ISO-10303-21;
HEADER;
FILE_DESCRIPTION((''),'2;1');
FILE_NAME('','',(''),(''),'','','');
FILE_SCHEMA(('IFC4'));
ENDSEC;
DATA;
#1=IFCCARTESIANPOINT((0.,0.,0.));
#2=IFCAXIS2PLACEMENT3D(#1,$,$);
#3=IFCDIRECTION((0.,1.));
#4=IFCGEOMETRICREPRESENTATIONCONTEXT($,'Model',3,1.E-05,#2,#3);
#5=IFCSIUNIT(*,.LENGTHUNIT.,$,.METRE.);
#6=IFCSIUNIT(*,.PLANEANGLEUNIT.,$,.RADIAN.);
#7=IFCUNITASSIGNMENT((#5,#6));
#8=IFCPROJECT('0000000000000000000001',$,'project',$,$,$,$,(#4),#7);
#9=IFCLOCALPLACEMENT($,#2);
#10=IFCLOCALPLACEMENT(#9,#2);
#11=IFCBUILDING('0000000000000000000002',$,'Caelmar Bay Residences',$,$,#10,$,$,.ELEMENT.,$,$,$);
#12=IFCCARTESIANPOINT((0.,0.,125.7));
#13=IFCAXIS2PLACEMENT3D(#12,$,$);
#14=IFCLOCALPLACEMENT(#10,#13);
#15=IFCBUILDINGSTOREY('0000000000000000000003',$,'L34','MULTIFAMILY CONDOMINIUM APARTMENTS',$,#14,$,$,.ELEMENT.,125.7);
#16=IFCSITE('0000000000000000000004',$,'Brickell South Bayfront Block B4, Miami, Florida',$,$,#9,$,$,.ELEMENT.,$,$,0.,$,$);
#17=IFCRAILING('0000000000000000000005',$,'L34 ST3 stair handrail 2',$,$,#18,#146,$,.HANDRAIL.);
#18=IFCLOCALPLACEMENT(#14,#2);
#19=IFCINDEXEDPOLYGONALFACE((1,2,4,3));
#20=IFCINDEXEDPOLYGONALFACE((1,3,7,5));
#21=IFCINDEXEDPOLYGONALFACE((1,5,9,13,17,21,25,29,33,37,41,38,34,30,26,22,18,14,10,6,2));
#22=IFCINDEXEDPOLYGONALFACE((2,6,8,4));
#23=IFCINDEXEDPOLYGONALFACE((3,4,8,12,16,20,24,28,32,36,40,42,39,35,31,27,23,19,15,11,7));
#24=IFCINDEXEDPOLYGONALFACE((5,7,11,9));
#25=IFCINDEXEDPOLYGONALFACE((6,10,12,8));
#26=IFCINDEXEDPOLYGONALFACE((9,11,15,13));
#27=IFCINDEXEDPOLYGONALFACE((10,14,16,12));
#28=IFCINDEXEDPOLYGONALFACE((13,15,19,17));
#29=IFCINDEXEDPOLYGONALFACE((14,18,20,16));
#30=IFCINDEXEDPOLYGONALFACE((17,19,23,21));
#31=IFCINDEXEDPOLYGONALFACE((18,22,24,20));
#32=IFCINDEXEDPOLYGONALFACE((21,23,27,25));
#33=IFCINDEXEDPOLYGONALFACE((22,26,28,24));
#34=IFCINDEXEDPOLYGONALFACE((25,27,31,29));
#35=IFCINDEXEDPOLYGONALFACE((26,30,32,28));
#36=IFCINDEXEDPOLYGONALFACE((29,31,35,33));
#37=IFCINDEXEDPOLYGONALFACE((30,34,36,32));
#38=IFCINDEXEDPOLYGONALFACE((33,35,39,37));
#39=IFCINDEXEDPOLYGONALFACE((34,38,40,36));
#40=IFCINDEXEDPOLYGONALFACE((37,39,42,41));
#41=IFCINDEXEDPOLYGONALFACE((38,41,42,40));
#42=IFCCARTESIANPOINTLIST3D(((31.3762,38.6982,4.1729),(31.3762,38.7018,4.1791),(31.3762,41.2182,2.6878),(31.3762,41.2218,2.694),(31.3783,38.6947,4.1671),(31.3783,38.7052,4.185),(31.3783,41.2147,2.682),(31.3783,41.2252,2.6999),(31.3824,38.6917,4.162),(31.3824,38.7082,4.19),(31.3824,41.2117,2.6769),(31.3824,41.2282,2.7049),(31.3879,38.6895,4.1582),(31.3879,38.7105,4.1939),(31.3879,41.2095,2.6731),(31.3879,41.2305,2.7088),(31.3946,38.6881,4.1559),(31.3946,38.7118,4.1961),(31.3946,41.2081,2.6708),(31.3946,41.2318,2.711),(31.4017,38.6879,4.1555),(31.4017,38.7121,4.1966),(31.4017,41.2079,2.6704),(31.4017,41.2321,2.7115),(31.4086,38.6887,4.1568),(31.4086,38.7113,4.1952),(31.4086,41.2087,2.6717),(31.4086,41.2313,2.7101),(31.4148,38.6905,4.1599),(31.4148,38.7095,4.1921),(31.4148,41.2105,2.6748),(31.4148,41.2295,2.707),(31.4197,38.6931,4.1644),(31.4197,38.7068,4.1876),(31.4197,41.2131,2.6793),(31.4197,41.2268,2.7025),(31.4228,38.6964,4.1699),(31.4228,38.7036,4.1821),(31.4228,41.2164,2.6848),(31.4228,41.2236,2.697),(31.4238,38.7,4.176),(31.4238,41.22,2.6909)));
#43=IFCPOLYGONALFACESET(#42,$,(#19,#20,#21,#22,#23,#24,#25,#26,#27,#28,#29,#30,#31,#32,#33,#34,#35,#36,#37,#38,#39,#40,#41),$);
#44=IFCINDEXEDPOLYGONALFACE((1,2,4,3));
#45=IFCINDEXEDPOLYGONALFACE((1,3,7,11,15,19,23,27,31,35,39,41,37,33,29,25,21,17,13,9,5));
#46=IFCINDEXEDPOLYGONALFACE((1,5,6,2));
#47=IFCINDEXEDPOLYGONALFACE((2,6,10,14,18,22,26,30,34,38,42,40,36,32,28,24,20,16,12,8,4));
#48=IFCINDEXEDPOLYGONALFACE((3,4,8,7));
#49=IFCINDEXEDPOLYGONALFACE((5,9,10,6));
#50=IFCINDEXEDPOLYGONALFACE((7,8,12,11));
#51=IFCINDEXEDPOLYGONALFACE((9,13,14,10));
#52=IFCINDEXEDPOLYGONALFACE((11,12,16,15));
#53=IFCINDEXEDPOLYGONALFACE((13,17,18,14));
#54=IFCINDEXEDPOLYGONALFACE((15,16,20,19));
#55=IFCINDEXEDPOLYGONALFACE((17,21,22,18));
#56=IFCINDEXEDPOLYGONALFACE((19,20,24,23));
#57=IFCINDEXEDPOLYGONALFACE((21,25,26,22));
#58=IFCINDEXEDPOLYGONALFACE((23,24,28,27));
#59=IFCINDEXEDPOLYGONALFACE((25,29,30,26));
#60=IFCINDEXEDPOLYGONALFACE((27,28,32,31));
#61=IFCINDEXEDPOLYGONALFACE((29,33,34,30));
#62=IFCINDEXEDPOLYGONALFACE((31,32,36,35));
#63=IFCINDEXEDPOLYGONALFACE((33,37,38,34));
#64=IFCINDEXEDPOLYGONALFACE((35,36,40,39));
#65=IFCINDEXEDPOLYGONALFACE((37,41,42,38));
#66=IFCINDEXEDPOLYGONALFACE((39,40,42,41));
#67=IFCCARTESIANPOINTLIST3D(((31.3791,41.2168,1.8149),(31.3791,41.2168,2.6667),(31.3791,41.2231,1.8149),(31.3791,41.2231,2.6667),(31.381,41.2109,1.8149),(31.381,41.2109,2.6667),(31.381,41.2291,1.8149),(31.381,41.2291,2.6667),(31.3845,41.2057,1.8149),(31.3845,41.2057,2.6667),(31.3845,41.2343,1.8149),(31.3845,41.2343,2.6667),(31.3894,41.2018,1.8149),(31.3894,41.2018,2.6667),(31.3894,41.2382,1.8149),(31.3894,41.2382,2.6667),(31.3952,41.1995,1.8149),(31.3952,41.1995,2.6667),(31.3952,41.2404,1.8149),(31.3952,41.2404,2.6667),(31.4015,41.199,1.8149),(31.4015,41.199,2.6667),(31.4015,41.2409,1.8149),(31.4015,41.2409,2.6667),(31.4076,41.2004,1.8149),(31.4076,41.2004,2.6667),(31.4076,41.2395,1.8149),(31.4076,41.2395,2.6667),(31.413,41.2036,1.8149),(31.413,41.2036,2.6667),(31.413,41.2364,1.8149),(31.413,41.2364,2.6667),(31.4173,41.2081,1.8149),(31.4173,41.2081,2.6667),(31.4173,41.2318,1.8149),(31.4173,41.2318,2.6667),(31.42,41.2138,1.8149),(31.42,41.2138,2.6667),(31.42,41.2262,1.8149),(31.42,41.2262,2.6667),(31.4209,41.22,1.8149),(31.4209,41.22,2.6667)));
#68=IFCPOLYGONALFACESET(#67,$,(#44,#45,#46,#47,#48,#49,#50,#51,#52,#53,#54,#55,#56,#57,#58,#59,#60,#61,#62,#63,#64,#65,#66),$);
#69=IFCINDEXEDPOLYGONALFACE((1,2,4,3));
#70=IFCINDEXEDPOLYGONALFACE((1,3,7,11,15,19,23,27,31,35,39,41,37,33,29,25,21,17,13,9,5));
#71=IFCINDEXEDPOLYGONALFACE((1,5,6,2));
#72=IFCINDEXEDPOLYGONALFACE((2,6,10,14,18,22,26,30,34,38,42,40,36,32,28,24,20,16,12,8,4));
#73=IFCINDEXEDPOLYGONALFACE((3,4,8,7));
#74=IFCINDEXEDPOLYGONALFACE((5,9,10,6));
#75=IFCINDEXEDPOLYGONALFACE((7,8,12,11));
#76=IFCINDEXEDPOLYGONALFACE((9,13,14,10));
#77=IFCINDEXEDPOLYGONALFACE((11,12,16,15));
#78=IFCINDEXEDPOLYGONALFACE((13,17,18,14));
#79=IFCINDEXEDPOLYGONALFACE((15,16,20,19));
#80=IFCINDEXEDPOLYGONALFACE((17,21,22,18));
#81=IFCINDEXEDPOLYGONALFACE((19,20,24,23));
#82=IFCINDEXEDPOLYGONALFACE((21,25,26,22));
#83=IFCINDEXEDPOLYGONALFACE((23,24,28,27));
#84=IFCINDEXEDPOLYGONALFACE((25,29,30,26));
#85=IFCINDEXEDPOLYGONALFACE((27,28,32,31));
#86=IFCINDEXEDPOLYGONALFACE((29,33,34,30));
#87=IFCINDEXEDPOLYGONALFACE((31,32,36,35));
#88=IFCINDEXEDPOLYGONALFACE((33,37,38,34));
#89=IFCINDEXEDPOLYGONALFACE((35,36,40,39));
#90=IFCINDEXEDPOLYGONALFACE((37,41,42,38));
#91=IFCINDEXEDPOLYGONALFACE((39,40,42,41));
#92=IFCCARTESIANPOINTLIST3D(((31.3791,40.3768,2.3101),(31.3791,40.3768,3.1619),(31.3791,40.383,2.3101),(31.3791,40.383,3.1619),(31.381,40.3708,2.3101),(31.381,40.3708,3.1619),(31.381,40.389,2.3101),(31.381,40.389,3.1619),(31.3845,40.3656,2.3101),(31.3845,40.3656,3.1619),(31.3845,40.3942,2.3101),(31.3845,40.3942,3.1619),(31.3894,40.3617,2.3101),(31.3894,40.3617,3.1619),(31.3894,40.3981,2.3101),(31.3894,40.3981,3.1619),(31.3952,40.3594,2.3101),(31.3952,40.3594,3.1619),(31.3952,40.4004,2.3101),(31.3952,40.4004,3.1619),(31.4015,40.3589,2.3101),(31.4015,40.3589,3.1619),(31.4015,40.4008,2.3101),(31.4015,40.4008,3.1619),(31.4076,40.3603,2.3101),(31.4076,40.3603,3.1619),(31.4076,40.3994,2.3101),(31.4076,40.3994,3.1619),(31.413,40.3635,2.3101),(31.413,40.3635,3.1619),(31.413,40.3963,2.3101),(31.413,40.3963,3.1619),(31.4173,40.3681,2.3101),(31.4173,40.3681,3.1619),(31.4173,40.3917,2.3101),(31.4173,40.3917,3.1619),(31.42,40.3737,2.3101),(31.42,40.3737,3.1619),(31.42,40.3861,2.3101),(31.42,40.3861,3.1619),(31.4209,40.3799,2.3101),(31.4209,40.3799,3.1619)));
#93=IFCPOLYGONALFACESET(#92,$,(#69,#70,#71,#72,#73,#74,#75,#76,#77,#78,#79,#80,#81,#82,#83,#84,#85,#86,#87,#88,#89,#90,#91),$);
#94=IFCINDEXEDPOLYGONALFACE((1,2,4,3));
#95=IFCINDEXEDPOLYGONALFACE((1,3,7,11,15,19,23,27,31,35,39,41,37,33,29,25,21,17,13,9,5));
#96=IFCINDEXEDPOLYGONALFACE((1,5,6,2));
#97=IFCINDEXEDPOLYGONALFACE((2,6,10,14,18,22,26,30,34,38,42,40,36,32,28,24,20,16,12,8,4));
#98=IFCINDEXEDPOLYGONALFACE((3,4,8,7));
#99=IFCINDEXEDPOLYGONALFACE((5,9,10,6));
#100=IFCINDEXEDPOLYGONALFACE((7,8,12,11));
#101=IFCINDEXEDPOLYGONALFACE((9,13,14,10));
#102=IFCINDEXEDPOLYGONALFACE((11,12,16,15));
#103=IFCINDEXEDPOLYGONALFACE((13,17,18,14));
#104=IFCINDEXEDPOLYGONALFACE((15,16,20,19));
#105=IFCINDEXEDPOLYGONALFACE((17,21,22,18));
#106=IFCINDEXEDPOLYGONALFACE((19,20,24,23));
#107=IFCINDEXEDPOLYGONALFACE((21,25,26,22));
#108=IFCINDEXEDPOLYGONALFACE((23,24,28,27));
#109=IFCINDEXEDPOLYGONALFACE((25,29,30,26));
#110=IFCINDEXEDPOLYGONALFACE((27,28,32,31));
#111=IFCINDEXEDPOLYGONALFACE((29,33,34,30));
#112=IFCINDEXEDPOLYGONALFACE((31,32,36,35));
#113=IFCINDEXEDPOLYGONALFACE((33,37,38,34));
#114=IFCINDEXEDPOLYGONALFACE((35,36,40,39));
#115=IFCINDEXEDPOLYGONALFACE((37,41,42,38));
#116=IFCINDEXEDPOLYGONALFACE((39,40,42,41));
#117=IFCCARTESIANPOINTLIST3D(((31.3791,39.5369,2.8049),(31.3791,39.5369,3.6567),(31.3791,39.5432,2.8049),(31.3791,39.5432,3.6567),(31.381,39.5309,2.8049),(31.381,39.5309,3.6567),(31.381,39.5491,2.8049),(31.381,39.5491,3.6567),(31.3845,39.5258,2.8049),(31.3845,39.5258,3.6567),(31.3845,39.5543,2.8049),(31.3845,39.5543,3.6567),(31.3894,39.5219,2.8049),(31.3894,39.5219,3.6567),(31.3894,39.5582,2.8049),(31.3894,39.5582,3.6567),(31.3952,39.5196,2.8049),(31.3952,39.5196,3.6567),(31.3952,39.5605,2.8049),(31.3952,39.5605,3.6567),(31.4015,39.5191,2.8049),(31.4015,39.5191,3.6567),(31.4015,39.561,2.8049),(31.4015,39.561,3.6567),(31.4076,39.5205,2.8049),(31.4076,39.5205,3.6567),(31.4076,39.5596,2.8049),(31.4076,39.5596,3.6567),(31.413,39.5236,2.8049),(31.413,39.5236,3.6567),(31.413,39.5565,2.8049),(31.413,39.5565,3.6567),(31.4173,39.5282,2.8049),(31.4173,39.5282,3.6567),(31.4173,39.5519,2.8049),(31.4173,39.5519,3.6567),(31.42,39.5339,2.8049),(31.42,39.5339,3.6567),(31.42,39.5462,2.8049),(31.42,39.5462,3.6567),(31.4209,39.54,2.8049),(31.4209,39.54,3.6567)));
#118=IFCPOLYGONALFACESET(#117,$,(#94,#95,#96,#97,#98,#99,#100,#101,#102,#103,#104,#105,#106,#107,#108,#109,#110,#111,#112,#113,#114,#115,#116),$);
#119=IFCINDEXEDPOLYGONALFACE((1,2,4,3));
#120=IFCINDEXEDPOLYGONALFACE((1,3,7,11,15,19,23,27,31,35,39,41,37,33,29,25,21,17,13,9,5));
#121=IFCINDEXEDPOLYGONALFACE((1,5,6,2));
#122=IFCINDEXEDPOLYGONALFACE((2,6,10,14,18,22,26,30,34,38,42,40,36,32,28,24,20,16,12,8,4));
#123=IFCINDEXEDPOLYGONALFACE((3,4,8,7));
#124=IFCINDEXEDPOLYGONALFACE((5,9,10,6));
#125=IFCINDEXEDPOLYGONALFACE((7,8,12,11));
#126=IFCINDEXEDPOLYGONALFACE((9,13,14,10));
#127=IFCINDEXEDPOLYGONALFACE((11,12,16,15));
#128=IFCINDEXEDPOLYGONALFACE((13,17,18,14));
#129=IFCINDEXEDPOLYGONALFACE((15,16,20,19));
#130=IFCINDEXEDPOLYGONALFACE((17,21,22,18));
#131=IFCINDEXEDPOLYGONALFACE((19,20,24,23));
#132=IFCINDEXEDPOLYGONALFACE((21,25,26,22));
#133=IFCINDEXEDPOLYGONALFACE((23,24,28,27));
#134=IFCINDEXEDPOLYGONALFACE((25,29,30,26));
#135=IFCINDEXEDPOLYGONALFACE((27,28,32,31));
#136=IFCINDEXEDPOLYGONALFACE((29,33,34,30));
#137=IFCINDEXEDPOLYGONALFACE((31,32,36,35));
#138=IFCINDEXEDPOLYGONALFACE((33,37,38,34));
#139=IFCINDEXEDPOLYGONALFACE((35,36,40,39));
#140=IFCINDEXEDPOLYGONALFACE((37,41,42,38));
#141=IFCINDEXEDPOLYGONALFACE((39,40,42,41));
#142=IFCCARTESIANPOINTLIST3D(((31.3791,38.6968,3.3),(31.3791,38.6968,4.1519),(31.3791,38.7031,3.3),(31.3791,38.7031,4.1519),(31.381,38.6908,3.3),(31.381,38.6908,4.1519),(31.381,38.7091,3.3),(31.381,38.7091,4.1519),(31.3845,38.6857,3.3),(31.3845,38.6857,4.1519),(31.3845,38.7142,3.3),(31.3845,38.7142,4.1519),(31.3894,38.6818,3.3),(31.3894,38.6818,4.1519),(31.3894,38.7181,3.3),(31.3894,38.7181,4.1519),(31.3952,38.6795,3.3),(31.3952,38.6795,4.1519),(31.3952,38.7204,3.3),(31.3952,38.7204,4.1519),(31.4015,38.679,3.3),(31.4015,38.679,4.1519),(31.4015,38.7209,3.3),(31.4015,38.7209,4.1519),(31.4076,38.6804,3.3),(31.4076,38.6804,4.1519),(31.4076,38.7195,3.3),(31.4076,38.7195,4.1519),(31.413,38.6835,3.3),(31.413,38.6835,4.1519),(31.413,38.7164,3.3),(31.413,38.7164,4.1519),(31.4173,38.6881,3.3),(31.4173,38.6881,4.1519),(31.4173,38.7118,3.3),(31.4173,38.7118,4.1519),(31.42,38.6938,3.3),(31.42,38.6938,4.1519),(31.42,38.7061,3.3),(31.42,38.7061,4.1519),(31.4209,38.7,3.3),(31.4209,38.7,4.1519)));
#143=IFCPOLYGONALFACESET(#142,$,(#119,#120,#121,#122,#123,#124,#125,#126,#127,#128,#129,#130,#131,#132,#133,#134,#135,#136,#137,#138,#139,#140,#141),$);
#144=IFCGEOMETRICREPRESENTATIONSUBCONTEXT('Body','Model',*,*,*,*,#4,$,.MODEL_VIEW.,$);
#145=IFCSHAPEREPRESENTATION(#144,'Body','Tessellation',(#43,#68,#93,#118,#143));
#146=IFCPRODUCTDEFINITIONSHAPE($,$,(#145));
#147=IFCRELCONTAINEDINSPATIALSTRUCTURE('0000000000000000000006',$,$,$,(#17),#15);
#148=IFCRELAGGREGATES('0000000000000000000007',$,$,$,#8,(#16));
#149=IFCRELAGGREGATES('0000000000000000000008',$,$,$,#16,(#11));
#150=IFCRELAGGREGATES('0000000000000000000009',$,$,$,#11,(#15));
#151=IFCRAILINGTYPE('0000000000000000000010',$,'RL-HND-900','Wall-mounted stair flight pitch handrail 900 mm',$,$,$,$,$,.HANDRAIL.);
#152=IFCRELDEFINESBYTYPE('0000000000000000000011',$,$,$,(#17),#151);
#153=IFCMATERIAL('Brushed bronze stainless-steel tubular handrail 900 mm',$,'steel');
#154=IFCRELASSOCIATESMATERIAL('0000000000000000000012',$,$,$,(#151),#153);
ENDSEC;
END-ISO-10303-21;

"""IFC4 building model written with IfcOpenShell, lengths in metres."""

from ifc_helpers import new_model, si_unit, direction, frame, origin, origin_2d, place, context, subcontext, project, spatial, circle, extrude, material, type_object, element, save


model = new_model("IFC4")

# Units and contexts
model_context = context("Model", 3, precision=1e-05, world=origin(), true_north=direction((0.0, 1.0)))
body_context = subcontext(model_context, "Body", "Model", "MODEL_VIEW")
ifc_project = project(units=[si_unit("LENGTHUNIT", "METRE"), si_unit("PLANEANGLEUNIT", "RADIAN")], contexts=[model_context])

# Site, building, storey
site_placement = place(None, origin())
site = spatial("IfcSite", under=ifc_project, at=site_placement, Name="Brickell South Bayfront Block B4, Miami, Florida", CompositionType="ELEMENT", RefElevation=0.0)
building_placement = place(site_placement, origin())
building = spatial("IfcBuilding", under=site, at=building_placement, Name="Caelmar Bay Residences", CompositionType="ELEMENT")
storey_placement = place(building_placement, frame((0.0, 0.0, 125.7)))
storey = spatial("IfcBuildingStorey", under=building, at=storey_placement, Name="L34", Description="MULTIFAMILY CONDOMINIUM APARTMENTS", CompositionType="ELEMENT", Elevation=125.7)

# Railing
ifc_material_1 = material(Name="Brushed bronze stainless-steel tubular handrail 900 mm", Category="steel")
railing_type_1 = type_object("IfcRailingType", Name="RL-HND-900", Description="Wall-mounted stair flight pitch handrail 900 mm", PredefinedType="HANDRAIL", material=ifc_material_1)
railing_1_placement = place(storey_placement, frame((31.3999, 41.22, 1.8149)))
element("IfcRailing", 1, at=railing_1_placement, inside=storey, type_object=railing_type_1, Name="L34 ST3 stair handrail 2", PredefinedType="HANDRAIL", context=body_context, shape_type="SweptSolid", body=[
    extrude(circle(Radius=0.0239, at=origin_2d()), frame((0.0, 0.0, 0.876), z_axis=(0.0, -0.861524, 0.507717), x_axis=(1.0, 0.0, 0.0)), (0.0, 0.0, 1.0), 2.925),
    extrude(circle(Radius=0.021, at=origin_2d()), origin(), (0.0, 0.0, 1.0), 0.8518),
    extrude(circle(Radius=0.021, at=origin_2d()), frame((0.0, -0.8401, 0.4951)), (0.0, 0.0, 1.0), 0.8518),
    extrude(circle(Radius=0.021, at=origin_2d()), frame((0.0, -1.6799, 0.99)), (0.0, 0.0, 1.0), 0.8518),
    extrude(circle(Radius=0.021, at=origin_2d()), frame((0.0, -2.52, 1.4851)), (0.0, 0.0, 1.0), 0.8518),
])

save(model, "model.ifc")
